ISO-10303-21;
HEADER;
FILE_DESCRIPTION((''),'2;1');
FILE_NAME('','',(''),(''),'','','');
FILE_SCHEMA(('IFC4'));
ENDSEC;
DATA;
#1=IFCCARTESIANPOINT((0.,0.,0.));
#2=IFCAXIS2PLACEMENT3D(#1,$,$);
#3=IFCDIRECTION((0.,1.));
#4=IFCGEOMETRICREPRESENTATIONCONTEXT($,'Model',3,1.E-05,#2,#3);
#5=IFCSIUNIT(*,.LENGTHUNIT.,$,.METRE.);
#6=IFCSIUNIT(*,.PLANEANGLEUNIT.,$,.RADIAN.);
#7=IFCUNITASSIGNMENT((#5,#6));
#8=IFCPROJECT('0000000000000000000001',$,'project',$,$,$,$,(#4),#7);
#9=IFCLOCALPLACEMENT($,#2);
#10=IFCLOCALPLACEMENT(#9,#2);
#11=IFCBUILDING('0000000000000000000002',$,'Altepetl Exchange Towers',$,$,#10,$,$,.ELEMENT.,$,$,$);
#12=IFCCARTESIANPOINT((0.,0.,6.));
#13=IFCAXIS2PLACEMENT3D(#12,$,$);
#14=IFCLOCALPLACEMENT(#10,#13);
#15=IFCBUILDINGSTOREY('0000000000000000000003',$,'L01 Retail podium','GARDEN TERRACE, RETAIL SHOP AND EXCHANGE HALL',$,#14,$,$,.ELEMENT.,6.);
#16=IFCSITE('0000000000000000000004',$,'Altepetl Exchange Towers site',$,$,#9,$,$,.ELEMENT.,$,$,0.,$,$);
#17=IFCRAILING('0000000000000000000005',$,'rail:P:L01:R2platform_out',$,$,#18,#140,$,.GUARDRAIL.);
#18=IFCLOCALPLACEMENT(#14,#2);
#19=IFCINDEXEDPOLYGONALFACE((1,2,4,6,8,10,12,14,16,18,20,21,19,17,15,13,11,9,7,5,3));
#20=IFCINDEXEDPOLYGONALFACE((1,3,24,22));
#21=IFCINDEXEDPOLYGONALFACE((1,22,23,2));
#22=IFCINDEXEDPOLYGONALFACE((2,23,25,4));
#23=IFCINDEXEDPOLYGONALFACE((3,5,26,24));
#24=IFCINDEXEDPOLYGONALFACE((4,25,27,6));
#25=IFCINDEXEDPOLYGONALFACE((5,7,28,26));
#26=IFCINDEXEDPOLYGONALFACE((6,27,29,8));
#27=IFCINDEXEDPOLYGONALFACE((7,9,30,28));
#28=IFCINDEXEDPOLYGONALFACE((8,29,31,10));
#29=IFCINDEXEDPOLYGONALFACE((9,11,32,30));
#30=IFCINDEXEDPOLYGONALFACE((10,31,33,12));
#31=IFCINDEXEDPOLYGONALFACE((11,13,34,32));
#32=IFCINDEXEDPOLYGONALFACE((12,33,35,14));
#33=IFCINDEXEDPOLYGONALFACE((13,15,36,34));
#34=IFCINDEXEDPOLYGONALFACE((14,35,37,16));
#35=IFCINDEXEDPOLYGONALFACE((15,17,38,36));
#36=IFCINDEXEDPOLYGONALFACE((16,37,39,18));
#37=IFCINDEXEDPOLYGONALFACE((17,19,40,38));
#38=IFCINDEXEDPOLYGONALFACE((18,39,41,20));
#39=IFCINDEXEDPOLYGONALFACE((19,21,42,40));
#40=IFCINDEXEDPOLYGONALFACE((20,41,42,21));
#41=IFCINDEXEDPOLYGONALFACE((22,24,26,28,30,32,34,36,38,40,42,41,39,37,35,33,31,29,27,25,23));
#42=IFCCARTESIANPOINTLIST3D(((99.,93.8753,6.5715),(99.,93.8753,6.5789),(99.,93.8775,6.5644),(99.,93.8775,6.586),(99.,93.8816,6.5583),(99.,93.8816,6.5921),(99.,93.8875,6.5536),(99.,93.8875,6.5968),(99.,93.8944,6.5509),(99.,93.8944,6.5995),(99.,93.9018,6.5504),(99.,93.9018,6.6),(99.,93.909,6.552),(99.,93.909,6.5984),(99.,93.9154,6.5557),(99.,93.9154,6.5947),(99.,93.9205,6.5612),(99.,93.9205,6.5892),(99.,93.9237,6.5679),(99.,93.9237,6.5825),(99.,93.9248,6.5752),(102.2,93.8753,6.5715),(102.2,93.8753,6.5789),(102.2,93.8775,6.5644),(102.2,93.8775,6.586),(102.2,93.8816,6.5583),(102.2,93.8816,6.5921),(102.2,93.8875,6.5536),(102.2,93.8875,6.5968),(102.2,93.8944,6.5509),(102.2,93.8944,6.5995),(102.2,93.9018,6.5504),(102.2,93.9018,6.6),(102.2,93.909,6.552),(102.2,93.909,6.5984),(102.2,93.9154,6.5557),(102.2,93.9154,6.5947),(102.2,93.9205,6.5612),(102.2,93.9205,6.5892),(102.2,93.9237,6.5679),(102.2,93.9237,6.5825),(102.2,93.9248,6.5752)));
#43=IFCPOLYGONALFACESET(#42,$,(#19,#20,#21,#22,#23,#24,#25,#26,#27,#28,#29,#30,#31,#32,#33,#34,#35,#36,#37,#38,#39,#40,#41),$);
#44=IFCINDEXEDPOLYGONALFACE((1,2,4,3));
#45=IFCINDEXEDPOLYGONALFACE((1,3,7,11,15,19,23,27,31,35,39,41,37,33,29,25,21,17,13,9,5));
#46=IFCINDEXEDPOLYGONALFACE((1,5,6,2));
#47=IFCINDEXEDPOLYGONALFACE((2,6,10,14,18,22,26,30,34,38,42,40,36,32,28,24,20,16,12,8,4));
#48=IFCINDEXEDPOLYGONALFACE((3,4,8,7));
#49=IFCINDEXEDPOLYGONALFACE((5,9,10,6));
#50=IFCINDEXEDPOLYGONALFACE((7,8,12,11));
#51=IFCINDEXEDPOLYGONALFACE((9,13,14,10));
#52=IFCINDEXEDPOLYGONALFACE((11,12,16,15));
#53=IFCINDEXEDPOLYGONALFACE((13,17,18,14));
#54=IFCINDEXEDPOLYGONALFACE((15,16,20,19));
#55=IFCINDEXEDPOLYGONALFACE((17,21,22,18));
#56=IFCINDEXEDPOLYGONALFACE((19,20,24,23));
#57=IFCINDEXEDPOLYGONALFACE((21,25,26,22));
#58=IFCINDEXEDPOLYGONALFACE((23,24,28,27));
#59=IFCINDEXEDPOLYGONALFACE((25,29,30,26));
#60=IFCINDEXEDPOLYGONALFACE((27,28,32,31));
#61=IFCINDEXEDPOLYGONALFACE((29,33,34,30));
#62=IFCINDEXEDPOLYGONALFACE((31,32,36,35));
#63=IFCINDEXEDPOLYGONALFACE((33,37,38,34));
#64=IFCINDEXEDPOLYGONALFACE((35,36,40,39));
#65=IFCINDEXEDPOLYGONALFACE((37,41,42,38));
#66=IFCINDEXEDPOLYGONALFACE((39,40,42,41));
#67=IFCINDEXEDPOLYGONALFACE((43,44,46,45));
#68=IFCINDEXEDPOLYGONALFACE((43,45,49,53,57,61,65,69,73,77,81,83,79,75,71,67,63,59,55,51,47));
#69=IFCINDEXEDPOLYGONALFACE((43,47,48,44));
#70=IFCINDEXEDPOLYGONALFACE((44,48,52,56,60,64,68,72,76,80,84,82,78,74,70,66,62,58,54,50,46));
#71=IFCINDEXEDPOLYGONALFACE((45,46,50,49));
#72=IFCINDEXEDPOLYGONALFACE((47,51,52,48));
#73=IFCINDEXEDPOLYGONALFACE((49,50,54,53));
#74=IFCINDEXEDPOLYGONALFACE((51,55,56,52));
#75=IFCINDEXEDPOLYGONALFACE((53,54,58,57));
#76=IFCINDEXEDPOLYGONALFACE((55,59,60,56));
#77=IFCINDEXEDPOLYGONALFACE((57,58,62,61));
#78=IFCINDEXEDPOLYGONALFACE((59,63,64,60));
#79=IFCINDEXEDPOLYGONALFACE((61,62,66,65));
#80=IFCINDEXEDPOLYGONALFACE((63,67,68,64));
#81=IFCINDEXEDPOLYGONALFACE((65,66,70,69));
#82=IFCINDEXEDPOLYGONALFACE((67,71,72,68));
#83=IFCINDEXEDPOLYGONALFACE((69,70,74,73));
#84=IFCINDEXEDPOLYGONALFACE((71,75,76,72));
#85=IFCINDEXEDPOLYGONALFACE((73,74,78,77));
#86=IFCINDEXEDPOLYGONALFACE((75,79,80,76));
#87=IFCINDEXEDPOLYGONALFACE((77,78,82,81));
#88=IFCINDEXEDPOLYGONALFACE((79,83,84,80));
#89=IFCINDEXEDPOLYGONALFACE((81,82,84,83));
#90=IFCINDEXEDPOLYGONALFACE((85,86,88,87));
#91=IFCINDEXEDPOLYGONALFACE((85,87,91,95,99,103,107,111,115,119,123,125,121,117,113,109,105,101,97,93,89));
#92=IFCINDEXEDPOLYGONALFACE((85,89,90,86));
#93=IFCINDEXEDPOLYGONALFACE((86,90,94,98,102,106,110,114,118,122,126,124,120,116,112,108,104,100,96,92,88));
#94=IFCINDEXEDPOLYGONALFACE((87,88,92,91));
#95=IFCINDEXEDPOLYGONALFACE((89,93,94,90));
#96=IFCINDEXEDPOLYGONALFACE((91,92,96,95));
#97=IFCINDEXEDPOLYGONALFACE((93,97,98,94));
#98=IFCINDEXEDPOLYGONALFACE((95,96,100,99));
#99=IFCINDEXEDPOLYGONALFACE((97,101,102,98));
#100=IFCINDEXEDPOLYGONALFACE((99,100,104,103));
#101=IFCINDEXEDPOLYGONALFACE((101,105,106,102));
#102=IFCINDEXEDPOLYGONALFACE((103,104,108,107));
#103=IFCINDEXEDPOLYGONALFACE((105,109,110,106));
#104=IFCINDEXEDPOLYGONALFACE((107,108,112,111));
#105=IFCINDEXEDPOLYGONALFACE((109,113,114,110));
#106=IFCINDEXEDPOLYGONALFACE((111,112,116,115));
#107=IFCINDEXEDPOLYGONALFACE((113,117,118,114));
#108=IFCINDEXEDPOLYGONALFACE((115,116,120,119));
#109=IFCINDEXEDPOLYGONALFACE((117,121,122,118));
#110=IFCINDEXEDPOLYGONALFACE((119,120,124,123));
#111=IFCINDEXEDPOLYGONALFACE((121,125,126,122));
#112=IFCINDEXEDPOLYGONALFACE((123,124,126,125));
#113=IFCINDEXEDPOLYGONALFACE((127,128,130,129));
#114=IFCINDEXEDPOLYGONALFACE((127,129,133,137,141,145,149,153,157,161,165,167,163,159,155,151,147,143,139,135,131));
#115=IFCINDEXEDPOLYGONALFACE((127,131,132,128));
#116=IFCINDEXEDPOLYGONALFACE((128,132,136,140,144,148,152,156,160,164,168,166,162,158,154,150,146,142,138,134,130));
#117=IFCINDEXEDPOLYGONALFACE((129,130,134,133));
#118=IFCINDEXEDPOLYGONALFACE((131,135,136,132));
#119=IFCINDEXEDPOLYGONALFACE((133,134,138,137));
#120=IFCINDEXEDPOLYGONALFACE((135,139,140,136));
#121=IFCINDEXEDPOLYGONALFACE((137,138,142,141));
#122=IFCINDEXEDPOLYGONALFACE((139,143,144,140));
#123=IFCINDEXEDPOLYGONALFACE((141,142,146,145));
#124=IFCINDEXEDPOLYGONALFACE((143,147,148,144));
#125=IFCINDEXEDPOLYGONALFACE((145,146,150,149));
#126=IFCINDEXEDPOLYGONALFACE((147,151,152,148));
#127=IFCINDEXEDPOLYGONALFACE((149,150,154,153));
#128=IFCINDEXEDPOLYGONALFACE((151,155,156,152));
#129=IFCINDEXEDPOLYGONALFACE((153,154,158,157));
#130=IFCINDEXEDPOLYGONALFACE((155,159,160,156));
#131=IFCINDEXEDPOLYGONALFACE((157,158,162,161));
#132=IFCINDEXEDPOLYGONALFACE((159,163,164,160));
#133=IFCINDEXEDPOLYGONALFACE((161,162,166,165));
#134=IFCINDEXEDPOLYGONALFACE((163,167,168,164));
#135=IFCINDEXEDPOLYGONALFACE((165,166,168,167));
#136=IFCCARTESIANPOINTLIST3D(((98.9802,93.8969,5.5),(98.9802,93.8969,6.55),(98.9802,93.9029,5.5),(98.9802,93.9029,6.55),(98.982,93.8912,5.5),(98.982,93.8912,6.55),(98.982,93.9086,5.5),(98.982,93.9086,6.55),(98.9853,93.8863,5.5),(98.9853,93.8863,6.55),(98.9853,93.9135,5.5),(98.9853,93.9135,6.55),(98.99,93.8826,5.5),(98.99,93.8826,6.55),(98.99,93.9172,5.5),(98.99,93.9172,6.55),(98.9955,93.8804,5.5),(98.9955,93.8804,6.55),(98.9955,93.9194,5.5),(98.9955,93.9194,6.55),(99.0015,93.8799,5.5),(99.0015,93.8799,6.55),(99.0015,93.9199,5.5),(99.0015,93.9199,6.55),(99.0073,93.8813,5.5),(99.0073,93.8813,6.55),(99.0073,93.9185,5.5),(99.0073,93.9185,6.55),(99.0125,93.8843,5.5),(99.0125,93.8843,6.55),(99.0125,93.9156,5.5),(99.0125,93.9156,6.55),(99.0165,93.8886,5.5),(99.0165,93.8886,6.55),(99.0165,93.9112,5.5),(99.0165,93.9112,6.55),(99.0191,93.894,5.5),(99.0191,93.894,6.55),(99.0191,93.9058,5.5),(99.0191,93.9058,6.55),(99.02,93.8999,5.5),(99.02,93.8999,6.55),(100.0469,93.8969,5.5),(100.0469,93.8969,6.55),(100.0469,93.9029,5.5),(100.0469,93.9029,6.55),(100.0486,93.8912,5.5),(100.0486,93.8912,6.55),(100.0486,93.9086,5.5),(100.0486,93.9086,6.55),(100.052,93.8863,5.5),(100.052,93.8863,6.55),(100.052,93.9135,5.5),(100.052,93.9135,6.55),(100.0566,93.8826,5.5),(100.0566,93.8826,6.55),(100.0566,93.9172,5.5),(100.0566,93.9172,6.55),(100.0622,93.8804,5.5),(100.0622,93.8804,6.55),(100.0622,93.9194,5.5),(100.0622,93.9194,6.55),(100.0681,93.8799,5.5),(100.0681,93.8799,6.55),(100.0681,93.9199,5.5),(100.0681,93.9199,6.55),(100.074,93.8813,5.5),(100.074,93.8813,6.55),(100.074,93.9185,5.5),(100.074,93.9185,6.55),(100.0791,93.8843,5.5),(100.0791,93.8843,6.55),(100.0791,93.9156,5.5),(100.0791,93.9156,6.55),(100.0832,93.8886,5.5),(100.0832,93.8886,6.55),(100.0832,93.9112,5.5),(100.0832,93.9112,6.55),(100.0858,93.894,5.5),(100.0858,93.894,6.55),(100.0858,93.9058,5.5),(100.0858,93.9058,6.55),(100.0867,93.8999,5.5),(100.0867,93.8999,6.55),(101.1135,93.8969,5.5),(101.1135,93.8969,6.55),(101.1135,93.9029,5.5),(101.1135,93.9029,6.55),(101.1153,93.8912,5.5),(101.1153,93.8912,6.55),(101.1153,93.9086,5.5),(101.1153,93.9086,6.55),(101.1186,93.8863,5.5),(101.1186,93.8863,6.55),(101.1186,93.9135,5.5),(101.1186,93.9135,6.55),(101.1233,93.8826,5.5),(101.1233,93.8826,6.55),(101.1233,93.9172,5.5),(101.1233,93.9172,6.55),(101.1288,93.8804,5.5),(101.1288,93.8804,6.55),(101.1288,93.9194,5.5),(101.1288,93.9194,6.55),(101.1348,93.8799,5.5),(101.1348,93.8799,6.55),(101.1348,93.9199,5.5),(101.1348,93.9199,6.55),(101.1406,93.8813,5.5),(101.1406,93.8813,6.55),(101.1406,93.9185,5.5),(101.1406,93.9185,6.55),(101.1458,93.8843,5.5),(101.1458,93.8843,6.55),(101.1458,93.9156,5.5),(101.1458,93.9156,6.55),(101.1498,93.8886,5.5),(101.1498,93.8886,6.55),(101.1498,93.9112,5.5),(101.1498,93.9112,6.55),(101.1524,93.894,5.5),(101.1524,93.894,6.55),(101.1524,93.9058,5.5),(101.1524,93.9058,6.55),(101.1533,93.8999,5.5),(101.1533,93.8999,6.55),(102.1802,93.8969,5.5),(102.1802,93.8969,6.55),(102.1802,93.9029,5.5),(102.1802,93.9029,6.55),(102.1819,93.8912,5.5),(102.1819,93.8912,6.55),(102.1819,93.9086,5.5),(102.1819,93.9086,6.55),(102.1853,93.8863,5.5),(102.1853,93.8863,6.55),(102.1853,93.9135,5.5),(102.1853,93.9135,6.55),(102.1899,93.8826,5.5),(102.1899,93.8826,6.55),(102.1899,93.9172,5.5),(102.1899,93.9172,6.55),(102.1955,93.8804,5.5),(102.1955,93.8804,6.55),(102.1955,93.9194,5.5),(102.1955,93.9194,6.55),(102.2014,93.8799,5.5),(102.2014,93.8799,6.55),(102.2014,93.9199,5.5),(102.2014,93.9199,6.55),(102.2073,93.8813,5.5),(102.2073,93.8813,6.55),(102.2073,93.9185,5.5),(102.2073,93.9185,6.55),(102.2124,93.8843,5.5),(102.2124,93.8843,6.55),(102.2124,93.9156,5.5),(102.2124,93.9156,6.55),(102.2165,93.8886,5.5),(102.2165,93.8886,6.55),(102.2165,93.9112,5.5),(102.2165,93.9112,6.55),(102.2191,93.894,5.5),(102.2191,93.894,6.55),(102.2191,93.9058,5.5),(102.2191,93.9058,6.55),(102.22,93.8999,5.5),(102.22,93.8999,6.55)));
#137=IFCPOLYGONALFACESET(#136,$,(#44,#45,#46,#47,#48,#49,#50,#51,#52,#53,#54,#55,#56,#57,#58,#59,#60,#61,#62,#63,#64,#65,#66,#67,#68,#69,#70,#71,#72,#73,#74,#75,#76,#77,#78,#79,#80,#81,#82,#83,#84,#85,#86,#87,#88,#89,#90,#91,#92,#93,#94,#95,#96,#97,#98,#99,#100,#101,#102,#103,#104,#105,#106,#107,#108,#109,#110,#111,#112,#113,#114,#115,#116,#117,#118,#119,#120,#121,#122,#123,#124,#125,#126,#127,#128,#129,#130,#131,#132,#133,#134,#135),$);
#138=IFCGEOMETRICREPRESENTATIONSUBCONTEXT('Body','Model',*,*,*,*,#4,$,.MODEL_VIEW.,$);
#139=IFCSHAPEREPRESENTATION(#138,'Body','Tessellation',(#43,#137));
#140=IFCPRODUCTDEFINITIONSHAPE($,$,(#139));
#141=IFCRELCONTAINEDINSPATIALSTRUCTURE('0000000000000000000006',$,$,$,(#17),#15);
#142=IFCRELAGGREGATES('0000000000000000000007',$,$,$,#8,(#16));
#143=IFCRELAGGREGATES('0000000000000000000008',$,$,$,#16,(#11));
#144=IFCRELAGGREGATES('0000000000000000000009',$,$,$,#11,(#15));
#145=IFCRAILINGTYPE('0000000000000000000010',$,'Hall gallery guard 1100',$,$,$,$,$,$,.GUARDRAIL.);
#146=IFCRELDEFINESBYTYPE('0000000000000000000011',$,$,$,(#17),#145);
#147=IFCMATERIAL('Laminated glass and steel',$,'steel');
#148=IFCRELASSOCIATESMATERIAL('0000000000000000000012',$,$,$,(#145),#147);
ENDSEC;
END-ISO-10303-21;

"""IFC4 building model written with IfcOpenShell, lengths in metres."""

from ifc_helpers import new_model, si_unit, direction, frame, origin, origin_2d, place, context, subcontext, project, spatial, circle, extrude, source, transform, mapped, material, type_object, element, save


model = new_model("IFC4")

# Units and contexts
model_context = context("Model", 3, precision=1e-05, world=origin(), true_north=direction((0.0, 1.0)))
body_context = subcontext(model_context, "Body", "Model", "MODEL_VIEW")
ifc_project = project(units=[si_unit("LENGTHUNIT", "METRE"), si_unit("PLANEANGLEUNIT", "RADIAN")], contexts=[model_context])

# Site, building, storey
site_placement = place(None, origin())
site = spatial("IfcSite", under=ifc_project, at=site_placement, Name="Altepetl Exchange Towers site", CompositionType="ELEMENT", RefElevation=0.0)
building_placement = place(site_placement, origin())
building = spatial("IfcBuilding", under=site, at=building_placement, Name="Altepetl Exchange Towers", CompositionType="ELEMENT")
storey_placement = place(building_placement, frame((0.0, 0.0, 6.0)))
storey = spatial("IfcBuildingStorey", under=building, at=storey_placement, Name="L01 Retail podium", Description="GARDEN TERRACE, RETAIL SHOP AND EXCHANGE HALL", CompositionType="ELEMENT", Elevation=6.0)

# Railing
ifc_material_1 = material(Name="Laminated glass and steel", Category="steel")
railing_type = type_object("IfcRailingType", Name="Hall gallery guard 1100", PredefinedType="GUARDRAIL", material=ifc_material_1)
shared_shape = source(origin(), body_context, "Body", "SweptSolid", [
    extrude(circle(Radius=0.02, at=origin_2d()), origin(), (0.0, 0.0, 1.0), 1.05),
])
railing_1_placement = place(storey_placement, frame((99.0, 93.8999, 5.5)))
element("IfcRailing", 1, at=railing_1_placement, inside=storey, type_object=railing_type, Name="rail:P:L01:R2platform_out", PredefinedType="GUARDRAIL", context=body_context, shape_type="SweptSolid", body=[
    extrude(circle(Radius=0.0249, at=origin_2d()), frame((0.0, 0.0, 1.0752), z_axis=(1.0, 0.0, 0.0), x_axis=(0.0, 1.0, 0.0)), (0.0, 0.0, 1.0), 3.2),
    mapped(shared_shape, transform((0.0, 0.0, 0.0))),
    mapped(shared_shape, transform((1.0667, 0.0, 0.0))),
    mapped(shared_shape, transform((2.1333, 0.0, 0.0))),
    mapped(shared_shape, transform((3.2, 0.0, 0.0))),
])

save(model, "model.ifc")
